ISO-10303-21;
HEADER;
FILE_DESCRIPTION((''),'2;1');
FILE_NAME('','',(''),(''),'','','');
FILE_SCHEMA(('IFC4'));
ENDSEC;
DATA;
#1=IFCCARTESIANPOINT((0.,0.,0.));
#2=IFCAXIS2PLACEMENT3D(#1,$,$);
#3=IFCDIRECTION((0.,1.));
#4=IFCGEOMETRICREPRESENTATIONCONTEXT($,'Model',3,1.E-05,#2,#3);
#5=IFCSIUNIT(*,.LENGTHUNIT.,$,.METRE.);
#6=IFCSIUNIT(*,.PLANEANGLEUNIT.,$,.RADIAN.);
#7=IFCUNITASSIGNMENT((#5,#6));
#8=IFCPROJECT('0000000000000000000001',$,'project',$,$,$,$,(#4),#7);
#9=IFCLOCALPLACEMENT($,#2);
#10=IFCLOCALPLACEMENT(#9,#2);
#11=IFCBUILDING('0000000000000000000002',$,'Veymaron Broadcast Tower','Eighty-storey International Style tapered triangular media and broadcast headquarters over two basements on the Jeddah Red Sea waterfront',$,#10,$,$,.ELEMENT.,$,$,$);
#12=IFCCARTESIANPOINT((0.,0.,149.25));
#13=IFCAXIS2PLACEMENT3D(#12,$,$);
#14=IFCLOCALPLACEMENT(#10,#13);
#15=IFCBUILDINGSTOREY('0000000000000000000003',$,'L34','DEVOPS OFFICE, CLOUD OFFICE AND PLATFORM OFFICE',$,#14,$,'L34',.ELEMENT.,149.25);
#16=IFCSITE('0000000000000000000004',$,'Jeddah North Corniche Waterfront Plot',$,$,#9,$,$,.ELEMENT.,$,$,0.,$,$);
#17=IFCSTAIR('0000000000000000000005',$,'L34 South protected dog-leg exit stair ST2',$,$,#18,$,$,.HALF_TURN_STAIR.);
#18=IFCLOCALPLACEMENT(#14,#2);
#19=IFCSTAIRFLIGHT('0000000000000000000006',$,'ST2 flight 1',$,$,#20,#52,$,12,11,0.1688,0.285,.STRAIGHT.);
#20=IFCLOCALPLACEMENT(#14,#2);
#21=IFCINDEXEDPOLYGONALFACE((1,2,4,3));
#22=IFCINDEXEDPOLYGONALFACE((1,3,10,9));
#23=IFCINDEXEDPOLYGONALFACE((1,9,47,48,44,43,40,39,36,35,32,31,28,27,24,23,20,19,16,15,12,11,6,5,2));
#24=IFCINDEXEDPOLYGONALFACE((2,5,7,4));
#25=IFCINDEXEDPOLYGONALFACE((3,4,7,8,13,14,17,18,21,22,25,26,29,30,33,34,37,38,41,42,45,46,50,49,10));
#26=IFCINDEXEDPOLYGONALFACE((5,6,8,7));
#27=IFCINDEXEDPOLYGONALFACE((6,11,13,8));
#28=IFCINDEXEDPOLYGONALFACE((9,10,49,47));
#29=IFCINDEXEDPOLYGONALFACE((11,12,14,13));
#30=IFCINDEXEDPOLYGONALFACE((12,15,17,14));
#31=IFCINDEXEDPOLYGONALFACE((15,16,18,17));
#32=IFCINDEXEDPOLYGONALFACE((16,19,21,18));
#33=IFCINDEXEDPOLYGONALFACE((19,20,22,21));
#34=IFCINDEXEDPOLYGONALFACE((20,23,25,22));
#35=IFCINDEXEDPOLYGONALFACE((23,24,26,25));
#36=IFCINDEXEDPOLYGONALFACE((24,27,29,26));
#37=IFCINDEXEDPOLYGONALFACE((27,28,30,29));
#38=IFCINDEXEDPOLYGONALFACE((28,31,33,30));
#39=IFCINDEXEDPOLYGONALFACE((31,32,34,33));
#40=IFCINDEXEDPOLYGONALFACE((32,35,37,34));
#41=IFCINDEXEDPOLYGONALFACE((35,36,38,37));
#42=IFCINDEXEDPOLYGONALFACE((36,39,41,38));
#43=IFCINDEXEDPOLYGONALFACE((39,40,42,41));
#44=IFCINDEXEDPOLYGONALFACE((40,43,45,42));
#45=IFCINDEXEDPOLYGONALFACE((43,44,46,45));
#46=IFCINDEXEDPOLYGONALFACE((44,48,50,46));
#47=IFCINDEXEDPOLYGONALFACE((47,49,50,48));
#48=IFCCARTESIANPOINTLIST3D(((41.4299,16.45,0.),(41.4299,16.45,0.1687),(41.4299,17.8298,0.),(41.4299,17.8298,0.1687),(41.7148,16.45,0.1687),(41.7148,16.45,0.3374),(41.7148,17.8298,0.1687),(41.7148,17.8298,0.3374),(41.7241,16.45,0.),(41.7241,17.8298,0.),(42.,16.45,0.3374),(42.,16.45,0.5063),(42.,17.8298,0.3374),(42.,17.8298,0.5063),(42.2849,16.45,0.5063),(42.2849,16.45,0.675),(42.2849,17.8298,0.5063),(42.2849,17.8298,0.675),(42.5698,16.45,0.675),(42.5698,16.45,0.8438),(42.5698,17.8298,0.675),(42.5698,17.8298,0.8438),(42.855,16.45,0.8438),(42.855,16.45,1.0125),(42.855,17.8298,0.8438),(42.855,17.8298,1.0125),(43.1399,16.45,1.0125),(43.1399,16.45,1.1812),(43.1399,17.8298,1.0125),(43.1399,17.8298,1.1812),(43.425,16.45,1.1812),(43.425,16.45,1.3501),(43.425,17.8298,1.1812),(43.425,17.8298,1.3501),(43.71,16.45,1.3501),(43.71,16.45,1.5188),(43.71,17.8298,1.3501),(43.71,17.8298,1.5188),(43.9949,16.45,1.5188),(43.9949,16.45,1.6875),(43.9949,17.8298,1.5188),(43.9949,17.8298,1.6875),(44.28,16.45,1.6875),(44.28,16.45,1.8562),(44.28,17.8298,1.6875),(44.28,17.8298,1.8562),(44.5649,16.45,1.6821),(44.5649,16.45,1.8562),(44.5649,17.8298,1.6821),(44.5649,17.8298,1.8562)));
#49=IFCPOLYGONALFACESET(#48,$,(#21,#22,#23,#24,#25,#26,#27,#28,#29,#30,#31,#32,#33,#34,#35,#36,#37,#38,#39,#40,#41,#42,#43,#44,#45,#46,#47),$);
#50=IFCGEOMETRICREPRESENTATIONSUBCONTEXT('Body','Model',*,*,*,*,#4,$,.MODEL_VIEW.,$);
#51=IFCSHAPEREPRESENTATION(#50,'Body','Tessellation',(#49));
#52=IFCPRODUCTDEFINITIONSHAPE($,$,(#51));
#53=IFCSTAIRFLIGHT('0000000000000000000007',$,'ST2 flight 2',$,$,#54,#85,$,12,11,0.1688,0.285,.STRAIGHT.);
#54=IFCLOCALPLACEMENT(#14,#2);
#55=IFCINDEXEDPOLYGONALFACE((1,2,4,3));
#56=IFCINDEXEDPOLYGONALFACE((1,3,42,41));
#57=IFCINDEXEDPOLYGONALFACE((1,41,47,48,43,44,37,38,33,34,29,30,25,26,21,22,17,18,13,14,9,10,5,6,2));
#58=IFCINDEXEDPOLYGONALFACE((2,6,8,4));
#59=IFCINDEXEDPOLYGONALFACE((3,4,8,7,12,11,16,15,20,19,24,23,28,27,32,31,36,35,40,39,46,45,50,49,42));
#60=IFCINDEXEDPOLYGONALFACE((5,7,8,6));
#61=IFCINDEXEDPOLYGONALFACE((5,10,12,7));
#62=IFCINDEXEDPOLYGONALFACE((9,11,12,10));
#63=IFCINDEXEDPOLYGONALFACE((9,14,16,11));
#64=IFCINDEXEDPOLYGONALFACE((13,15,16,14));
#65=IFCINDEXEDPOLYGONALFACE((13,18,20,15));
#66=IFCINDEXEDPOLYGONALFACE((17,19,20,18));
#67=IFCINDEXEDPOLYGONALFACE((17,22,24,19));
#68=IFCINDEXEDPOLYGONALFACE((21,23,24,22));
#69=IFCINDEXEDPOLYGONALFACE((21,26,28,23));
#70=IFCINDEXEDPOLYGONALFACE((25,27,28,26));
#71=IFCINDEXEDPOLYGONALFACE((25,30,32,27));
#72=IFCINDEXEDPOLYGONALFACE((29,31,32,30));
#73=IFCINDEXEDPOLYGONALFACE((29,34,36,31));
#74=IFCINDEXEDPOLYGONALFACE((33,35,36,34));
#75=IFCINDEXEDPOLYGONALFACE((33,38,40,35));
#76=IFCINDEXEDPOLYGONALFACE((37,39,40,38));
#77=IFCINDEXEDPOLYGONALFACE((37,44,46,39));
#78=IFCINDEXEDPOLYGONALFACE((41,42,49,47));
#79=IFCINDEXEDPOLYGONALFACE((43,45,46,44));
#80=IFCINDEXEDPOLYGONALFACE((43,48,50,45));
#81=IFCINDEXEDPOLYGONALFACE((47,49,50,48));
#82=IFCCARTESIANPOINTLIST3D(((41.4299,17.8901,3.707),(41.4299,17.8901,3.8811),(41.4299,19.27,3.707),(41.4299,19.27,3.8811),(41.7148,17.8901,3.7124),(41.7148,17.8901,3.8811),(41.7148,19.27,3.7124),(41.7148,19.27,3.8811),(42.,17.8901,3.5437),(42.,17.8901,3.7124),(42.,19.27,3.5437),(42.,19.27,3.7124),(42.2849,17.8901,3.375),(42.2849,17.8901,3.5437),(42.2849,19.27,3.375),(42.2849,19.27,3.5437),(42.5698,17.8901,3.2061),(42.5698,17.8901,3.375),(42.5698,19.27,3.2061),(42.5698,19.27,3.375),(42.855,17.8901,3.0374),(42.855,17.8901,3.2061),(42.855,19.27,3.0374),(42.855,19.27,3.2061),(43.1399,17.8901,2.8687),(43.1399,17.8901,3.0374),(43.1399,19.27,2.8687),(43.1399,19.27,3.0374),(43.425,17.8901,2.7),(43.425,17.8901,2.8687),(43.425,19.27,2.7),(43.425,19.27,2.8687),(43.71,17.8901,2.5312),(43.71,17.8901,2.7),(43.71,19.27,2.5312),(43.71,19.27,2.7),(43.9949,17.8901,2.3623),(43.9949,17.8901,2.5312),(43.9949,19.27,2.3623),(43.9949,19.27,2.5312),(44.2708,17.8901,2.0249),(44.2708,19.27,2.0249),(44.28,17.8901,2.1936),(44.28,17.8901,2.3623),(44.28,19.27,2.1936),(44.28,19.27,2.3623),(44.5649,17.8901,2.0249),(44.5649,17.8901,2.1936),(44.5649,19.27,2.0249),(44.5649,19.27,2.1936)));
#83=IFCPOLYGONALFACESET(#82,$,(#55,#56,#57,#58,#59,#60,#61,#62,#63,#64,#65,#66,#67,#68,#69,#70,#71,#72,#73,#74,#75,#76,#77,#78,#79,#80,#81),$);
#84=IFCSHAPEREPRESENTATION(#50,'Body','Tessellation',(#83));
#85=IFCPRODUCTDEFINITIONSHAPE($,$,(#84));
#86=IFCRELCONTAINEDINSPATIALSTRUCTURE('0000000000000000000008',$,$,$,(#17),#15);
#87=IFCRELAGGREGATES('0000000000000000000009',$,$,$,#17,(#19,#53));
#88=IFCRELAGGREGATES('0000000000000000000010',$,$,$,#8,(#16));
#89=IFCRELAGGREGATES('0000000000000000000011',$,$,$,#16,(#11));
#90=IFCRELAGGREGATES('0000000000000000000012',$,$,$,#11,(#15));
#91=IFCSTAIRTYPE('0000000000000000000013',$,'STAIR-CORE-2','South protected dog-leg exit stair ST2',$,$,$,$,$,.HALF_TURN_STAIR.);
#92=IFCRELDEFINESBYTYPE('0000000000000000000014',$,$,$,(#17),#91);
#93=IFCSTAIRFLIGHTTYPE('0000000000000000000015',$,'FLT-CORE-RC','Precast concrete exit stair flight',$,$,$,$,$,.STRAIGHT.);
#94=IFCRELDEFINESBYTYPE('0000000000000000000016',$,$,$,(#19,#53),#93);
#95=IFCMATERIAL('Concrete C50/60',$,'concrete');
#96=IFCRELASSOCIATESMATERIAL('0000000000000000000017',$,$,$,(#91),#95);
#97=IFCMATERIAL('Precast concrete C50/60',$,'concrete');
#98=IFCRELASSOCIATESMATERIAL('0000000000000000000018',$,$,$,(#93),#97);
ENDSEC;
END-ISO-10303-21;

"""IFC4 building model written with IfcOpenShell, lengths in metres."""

from ifc_helpers import new_model, si_unit, direction, frame, origin, place, context, subcontext, project, spatial, polyline, outline, extrude, material, type_object, element, aggregate, save


model = new_model("IFC4")

# Units and contexts
model_context = context("Model", 3, precision=1e-05, world=origin(), true_north=direction((0.0, 1.0)))
body_context = subcontext(model_context, "Body", "Model", "MODEL_VIEW")
ifc_project = project(units=[si_unit("LENGTHUNIT", "METRE"), si_unit("PLANEANGLEUNIT", "RADIAN")], contexts=[model_context])

# Site, building, storey
site_placement = place(None, origin())
site = spatial("IfcSite", under=ifc_project, at=site_placement, Name="Jeddah North Corniche Waterfront Plot", CompositionType="ELEMENT", RefElevation=0.0)
building_placement = place(site_placement, origin())
building = spatial("IfcBuilding", under=site, at=building_placement, Name="Veymaron Broadcast Tower", Description="Eighty-storey International Style tapered triangular media and broadcast headquarters over two basements on the Jeddah Red Sea waterfront", CompositionType="ELEMENT")
storey_placement = place(building_placement, frame((0.0, 0.0, 149.25)))
storey = spatial("IfcBuildingStorey", under=building, at=storey_placement, Name="L34", Description="DEVOPS OFFICE, CLOUD OFFICE AND PLATFORM OFFICE", LongName="L34", CompositionType="ELEMENT", Elevation=149.25)

# Shared definitions
ifc_material_1 = material(Name="Concrete C50/60", Category="concrete")

# Stair, stair flights
stair_type = type_object("IfcStairType", Name="STAIR-CORE-2", Description="South protected dog-leg exit stair ST2", PredefinedType="HALF_TURN_STAIR", material=ifc_material_1)
stair_placement = place(storey_placement, origin())
stair = element("IfcStair", 1, at=stair_placement, inside=storey, type_object=stair_type, Name="L34 South protected dog-leg exit stair ST2", PredefinedType="HALF_TURN_STAIR")
ifc_material_2 = material(Name="Precast concrete C50/60", Category="concrete")
stair_flight_type = type_object("IfcStairFlightType", Name="FLT-CORE-RC", Description="Precast concrete exit stair flight", PredefinedType="STRAIGHT", material=ifc_material_2)
stair_flight_1_placement = place(storey_placement, frame((41.4299, 17.1399, 0.0), z_axis=(0.0, 0.0, 1.0), x_axis=(1.0, 0.0, 0.0)))
stair_flight_1 = element("IfcStairFlight", 2, at=stair_flight_1_placement, type_object=stair_flight_type, Name="ST2 flight 1", NumberOfRisers=12, NumberOfTreads=11, PredefinedType="STRAIGHT", RiserHeight=0.1688, TreadLength=0.285, context=body_context, shape_type="SweptSolid", body=[
    extrude(outline(polyline([(0.0, 0.0), (0.0, 0.1687), (0.2849, 0.1687), (0.2849, 0.3374), (0.5701, 0.3374), (0.5701, 0.5063), (0.855, 0.5063), (0.855, 0.675), (1.1399, 0.675), (1.1399, 0.8438), (1.425, 0.8438), (1.425, 1.0125), (1.71, 1.0125), (1.71, 1.1812), (1.9951, 1.1812), (1.9951, 1.3501), (2.28, 1.3501), (2.28, 1.5188), (2.5649, 1.5188), (2.5649, 1.6875), (2.8501, 1.6875), (2.8501, 1.8562), (3.135, 1.8562), (3.135, 2.0249), (3.135, 1.6821), (0.2942, 0.0), (0.0, 0.0)])), frame((0.0, 0.6899, 0.0), z_axis=(0.0, -1.0, 0.0), x_axis=(1.0, 0.0, 0.0)), (0.0, 0.0, 1.0), 1.3799),
])
stair_flight_2_placement = place(storey_placement, frame((44.5649, 18.5801, 2.0249), z_axis=(0.0, 0.0, 1.0), x_axis=(-1.0, 0.0, 0.0)))
stair_flight_2 = element("IfcStairFlight", 3, at=stair_flight_2_placement, type_object=stair_flight_type, Name="ST2 flight 2", NumberOfRisers=12, NumberOfTreads=11, PredefinedType="STRAIGHT", RiserHeight=0.1688, TreadLength=0.285, context=body_context, shape_type="SweptSolid", body=[
    extrude(outline(polyline([(0.0, 0.0), (0.0, 0.1687), (0.2849, 0.1687), (0.2849, 0.3374), (0.5701, 0.3374), (0.5701, 0.5063), (0.855, 0.5063), (0.855, 0.675), (1.1399, 0.675), (1.1399, 0.8438), (1.425, 0.8438), (1.425, 1.0125), (1.71, 1.0125), (1.71, 1.1812), (1.9951, 1.1812), (1.9951, 1.3501), (2.28, 1.3501), (2.28, 1.5188), (2.5649, 1.5188), (2.5649, 1.6875), (2.8501, 1.6875), (2.8501, 1.8562), (3.135, 1.8562), (3.135, 2.0249), (3.135, 1.6821), (0.2942, 0.0), (0.0, 0.0)])), frame((0.0, 0.6899, 0.0), z_axis=(0.0, -1.0, 0.0), x_axis=(1.0, 0.0, 0.0)), (0.0, 0.0, 1.0), 1.3799),
])
aggregate(stair, [stair_flight_1, stair_flight_2])

save(model, "model.ifc")
